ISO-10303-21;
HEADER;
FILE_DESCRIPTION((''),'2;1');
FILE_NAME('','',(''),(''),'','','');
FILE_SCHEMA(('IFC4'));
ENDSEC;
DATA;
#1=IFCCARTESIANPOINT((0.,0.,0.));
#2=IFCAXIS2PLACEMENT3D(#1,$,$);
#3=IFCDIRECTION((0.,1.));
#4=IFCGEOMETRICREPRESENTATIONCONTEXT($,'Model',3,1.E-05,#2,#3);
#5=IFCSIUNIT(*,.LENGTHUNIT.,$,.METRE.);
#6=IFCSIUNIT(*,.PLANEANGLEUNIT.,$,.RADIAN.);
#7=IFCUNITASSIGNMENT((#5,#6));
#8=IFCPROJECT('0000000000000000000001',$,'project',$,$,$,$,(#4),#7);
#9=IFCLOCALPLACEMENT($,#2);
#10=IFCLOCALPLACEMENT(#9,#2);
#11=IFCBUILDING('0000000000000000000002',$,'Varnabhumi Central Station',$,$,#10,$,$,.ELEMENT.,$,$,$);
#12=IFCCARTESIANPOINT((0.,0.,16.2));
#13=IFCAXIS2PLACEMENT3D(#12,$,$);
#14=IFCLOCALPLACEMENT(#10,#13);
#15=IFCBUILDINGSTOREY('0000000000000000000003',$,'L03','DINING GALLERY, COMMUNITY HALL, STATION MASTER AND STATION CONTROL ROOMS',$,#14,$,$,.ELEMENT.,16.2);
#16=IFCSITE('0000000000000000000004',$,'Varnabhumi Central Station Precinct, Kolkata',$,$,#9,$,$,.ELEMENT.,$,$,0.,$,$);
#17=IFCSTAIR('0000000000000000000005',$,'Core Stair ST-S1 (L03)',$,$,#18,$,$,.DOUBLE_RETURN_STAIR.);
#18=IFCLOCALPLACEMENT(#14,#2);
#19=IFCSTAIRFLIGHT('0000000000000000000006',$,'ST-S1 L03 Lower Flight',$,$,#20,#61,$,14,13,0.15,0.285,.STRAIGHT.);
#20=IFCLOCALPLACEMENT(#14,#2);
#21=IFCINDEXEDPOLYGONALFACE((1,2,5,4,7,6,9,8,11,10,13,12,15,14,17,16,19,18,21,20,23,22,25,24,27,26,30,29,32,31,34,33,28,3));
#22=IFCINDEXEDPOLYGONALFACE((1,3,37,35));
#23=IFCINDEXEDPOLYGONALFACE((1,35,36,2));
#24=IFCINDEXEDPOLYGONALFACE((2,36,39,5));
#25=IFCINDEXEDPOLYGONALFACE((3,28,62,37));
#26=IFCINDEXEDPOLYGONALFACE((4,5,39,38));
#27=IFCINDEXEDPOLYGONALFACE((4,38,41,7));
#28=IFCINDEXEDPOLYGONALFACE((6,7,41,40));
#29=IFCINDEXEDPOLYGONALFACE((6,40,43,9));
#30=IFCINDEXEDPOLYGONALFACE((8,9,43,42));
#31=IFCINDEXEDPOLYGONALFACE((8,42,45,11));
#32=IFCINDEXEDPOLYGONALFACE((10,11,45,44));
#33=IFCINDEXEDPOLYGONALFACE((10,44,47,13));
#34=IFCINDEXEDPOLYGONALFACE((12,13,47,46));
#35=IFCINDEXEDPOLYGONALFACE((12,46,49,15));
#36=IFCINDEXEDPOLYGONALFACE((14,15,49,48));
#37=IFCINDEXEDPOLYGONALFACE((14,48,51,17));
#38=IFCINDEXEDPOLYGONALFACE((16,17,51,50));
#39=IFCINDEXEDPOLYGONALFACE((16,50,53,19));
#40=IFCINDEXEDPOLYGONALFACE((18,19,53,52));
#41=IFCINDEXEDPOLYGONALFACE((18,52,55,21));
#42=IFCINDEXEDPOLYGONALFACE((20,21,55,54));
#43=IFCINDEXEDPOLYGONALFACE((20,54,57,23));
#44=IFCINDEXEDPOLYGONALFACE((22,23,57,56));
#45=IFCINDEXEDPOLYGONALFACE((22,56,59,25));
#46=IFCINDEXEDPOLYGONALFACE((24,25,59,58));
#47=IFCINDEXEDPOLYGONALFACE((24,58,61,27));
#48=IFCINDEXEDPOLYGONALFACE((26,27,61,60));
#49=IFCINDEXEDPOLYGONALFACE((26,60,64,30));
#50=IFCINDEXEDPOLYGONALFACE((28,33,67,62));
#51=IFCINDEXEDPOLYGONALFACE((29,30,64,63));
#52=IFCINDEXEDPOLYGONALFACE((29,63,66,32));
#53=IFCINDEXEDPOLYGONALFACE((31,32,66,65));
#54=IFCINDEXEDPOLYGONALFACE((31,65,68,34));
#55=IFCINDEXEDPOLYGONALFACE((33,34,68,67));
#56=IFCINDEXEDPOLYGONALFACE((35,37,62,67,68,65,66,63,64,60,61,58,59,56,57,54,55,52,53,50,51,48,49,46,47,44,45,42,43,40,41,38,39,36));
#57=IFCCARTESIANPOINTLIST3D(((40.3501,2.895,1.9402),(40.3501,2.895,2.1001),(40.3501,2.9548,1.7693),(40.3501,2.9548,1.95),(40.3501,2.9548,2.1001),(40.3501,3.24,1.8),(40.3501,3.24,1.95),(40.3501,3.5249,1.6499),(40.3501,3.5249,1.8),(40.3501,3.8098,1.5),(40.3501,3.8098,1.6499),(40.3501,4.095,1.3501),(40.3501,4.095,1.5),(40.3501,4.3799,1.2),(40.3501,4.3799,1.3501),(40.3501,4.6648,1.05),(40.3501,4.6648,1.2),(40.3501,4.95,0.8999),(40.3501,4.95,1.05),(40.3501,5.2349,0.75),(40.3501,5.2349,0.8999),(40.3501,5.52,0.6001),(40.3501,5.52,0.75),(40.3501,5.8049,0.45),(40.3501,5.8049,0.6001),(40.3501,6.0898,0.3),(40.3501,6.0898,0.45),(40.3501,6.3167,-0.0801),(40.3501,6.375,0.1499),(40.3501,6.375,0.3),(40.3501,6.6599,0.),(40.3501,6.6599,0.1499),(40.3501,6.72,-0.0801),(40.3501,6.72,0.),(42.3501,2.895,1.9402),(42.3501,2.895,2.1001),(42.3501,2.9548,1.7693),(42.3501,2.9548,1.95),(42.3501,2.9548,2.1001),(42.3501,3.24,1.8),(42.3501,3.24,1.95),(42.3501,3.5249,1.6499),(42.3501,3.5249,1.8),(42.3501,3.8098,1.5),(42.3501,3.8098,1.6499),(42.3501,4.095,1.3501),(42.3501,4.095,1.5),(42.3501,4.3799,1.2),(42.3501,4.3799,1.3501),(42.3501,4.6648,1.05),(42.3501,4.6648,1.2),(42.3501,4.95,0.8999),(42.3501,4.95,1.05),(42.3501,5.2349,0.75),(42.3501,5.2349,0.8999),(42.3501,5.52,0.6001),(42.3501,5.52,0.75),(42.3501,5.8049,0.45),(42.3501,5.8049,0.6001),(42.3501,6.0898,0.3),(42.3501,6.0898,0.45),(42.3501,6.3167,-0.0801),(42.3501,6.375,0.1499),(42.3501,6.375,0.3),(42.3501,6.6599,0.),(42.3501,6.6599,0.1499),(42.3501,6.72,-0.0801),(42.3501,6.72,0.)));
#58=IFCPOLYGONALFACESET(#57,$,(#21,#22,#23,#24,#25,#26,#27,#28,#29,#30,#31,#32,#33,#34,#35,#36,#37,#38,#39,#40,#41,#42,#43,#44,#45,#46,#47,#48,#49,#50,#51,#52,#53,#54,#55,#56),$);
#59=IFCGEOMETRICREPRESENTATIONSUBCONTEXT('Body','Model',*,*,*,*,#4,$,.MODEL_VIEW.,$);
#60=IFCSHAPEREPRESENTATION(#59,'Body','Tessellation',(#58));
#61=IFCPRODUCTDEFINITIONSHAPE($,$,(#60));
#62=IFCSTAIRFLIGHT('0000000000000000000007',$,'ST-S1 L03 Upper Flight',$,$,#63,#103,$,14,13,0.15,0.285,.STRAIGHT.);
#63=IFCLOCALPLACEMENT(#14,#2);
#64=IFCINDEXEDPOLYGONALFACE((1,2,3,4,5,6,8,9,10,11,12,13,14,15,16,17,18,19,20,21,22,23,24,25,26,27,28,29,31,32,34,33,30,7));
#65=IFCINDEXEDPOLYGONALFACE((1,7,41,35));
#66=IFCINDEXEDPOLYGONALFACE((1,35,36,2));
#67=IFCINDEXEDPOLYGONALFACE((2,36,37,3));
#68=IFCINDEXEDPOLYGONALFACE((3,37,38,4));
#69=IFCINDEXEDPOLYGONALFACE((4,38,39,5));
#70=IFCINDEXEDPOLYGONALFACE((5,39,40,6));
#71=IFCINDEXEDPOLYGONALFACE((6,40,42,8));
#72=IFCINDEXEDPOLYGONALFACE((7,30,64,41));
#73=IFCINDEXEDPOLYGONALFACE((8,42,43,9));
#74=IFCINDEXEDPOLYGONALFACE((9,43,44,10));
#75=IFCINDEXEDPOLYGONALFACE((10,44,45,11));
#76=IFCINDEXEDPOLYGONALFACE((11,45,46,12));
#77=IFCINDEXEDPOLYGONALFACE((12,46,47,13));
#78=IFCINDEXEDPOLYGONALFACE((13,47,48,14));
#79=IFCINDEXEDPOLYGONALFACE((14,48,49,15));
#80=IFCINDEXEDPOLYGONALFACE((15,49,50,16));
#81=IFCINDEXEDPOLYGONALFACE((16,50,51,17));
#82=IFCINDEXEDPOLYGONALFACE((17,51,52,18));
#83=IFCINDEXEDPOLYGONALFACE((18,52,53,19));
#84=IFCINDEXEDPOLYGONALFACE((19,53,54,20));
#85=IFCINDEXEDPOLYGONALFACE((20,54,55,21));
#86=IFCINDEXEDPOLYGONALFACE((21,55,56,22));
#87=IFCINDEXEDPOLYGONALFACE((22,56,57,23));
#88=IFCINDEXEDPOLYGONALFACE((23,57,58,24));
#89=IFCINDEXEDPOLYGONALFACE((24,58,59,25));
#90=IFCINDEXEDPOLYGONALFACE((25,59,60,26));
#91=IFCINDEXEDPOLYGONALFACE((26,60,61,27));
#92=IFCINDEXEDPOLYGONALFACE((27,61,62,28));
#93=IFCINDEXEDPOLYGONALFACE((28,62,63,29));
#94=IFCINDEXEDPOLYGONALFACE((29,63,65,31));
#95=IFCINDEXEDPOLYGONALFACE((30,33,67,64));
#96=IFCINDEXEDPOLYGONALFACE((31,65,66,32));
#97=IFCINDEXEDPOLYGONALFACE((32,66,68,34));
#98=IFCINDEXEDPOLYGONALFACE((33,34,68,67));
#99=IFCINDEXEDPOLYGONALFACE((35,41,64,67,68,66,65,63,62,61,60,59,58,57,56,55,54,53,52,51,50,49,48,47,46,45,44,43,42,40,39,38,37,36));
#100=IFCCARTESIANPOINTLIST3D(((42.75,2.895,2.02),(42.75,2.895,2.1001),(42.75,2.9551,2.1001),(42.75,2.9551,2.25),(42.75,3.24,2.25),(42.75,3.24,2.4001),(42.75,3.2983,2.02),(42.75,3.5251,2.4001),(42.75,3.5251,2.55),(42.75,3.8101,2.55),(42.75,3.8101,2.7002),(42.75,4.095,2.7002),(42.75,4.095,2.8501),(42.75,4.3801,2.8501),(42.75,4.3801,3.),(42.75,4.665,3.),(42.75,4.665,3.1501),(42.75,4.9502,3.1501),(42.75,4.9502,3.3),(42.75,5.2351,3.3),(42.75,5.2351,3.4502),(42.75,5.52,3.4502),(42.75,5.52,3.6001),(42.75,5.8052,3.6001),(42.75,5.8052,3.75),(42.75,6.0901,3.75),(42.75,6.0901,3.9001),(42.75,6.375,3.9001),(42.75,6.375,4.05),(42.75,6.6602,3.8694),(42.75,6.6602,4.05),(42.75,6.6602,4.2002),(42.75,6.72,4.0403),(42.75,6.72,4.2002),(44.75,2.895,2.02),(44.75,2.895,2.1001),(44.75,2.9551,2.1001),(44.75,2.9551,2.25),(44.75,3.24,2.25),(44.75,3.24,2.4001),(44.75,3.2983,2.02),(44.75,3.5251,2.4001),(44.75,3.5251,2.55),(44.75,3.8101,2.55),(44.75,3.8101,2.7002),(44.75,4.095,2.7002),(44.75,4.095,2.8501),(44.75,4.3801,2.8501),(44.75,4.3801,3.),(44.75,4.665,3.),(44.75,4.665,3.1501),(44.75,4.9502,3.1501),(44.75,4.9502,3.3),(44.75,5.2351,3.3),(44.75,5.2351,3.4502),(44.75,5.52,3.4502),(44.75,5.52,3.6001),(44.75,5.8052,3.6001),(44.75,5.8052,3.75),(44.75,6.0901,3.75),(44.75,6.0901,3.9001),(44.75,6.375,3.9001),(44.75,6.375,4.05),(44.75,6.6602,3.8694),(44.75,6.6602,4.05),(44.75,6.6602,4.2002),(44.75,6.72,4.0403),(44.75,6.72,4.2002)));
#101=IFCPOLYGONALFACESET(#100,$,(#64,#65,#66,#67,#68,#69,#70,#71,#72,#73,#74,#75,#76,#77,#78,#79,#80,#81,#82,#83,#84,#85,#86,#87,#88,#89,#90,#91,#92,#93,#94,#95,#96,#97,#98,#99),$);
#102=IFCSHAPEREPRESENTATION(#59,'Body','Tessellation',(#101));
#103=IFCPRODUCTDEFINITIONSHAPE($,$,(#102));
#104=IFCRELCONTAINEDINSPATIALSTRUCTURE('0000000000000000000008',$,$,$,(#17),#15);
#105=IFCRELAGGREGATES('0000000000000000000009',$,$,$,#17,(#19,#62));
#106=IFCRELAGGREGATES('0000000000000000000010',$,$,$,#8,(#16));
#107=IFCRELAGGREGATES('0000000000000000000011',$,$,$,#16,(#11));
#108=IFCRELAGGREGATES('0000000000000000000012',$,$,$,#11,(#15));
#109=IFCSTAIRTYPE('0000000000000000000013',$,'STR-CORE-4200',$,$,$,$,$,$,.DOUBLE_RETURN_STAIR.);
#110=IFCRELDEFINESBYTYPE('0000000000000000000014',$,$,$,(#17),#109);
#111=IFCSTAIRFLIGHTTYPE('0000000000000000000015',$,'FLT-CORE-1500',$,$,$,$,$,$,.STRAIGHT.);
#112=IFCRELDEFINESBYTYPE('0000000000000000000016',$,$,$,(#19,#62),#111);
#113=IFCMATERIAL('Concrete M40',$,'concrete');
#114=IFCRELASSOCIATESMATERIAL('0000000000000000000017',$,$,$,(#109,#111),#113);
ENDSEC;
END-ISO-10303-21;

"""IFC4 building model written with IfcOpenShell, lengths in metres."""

from ifc_helpers import new_model, si_unit, direction, frame, origin, place, context, subcontext, project, spatial, polyline, outline, extrude, material, type_object, element, aggregate, save


model = new_model("IFC4")

# Units and contexts
model_context = context("Model", 3, precision=1e-05, world=origin(), true_north=direction((0.0, 1.0)))
body_context = subcontext(model_context, "Body", "Model", "MODEL_VIEW")
ifc_project = project(units=[si_unit("LENGTHUNIT", "METRE"), si_unit("PLANEANGLEUNIT", "RADIAN")], contexts=[model_context])

# Site, building, storey
site_placement = place(None, origin())
site = spatial("IfcSite", under=ifc_project, at=site_placement, Name="Varnabhumi Central Station Precinct, Kolkata", CompositionType="ELEMENT", RefElevation=0.0)
building_placement = place(site_placement, origin())
building = spatial("IfcBuilding", under=site, at=building_placement, Name="Varnabhumi Central Station", CompositionType="ELEMENT")
storey_placement = place(building_placement, frame((0.0, 0.0, 16.2)))
storey = spatial("IfcBuildingStorey", under=building, at=storey_placement, Name="L03", Description="DINING GALLERY, COMMUNITY HALL, STATION MASTER AND STATION CONTROL ROOMS", CompositionType="ELEMENT", Elevation=16.2)

# Shared definitions
ifc_material_1 = material(Name="Concrete M40", Category="concrete")

# Stair, stair flights
stair_type = type_object("IfcStairType", Name="STR-CORE-4200", PredefinedType="DOUBLE_RETURN_STAIR", material=ifc_material_1)
stair_placement = place(storey_placement, origin())
stair = element("IfcStair", 1, at=stair_placement, inside=storey, type_object=stair_type, Name="Core Stair ST-S1 (L03)", PredefinedType="DOUBLE_RETURN_STAIR")
stair_flight_type = type_object("IfcStairFlightType", Name="FLT-CORE-1500", PredefinedType="STRAIGHT", material=ifc_material_1)
stair_flight_1_placement = place(storey_placement, frame((41.3501, 6.6599, 0.0), z_axis=(0.0, 0.0, 1.0), x_axis=(0.0, -1.0, 0.0)))
stair_flight_1 = element("IfcStairFlight", 2, at=stair_flight_1_placement, type_object=stair_flight_type, Name="ST-S1 L03 Lower Flight", NumberOfRisers=14, NumberOfTreads=13, PredefinedType="STRAIGHT", RiserHeight=0.15, TreadLength=0.285, context=body_context, shape_type="SweptSolid", body=[
    extrude(outline(polyline([(-0.0601, -0.0801), (-0.0601, 0.0), (0.0, 0.0), (0.0, 0.1499), (0.2849, 0.1499), (0.2849, 0.3), (0.5701, 0.3), (0.5701, 0.45), (0.855, 0.45), (0.855, 0.6001), (1.1399, 0.6001), (1.1399, 0.75), (1.425, 0.75), (1.425, 0.8999), (1.71, 0.8999), (1.71, 1.05), (1.9951, 1.05), (1.9951, 1.2), (2.28, 1.2), (2.28, 1.3501), (2.5649, 1.3501), (2.5649, 1.5), (2.8501, 1.5), (2.8501, 1.6499), (3.135, 1.6499), (3.135, 1.8), (3.4199, 1.8), (3.4199, 1.95), (3.7051, 1.95), (3.7051, 2.1001), (3.7649, 2.1001), (3.7649, 1.9402), (3.7051, 1.7693), (0.3433, -0.0801), (-0.0601, -0.0801)])), frame((0.0, 1.0, 0.0), z_axis=(0.0, -1.0, 0.0), x_axis=(1.0, 0.0, 0.0)), (0.0, 0.0, 1.0), 2.0),
])
stair_flight_2_placement = place(storey_placement, frame((43.75, 2.9551, 2.1001), z_axis=(0.0, 0.0, 1.0), x_axis=(0.0, 1.0, 0.0)))
stair_flight_2 = element("IfcStairFlight", 3, at=stair_flight_2_placement, type_object=stair_flight_type, Name="ST-S1 L03 Upper Flight", NumberOfRisers=14, NumberOfTreads=13, PredefinedType="STRAIGHT", RiserHeight=0.15, TreadLength=0.285, context=body_context, shape_type="SweptSolid", body=[
    extrude(outline(polyline([(-0.0601, -0.0801), (-0.0601, 0.0), (0.0, 0.0), (0.0, 0.1499), (0.2849, 0.1499), (0.2849, 0.3), (0.5701, 0.3), (0.5701, 0.45), (0.855, 0.45), (0.855, 0.6001), (1.1399, 0.6001), (1.1399, 0.75), (1.425, 0.75), (1.425, 0.8999), (1.71, 0.8999), (1.71, 1.05), (1.9951, 1.05), (1.9951, 1.2), (2.28, 1.2), (2.28, 1.3501), (2.5649, 1.3501), (2.5649, 1.5), (2.8501, 1.5), (2.8501, 1.6499), (3.135, 1.6499), (3.135, 1.8), (3.4199, 1.8), (3.4199, 1.95), (3.7051, 1.95), (3.7051, 2.1001), (3.7649, 2.1001), (3.7649, 1.9402), (3.7051, 1.7693), (0.3433, -0.0801), (-0.0601, -0.0801)])), frame((0.0, 1.0, 0.0), z_axis=(0.0, -1.0, 0.0), x_axis=(1.0, 0.0, 0.0)), (0.0, 0.0, 1.0), 2.0),
])
aggregate(stair, [stair_flight_1, stair_flight_2])

save(model, "model.ifc")
